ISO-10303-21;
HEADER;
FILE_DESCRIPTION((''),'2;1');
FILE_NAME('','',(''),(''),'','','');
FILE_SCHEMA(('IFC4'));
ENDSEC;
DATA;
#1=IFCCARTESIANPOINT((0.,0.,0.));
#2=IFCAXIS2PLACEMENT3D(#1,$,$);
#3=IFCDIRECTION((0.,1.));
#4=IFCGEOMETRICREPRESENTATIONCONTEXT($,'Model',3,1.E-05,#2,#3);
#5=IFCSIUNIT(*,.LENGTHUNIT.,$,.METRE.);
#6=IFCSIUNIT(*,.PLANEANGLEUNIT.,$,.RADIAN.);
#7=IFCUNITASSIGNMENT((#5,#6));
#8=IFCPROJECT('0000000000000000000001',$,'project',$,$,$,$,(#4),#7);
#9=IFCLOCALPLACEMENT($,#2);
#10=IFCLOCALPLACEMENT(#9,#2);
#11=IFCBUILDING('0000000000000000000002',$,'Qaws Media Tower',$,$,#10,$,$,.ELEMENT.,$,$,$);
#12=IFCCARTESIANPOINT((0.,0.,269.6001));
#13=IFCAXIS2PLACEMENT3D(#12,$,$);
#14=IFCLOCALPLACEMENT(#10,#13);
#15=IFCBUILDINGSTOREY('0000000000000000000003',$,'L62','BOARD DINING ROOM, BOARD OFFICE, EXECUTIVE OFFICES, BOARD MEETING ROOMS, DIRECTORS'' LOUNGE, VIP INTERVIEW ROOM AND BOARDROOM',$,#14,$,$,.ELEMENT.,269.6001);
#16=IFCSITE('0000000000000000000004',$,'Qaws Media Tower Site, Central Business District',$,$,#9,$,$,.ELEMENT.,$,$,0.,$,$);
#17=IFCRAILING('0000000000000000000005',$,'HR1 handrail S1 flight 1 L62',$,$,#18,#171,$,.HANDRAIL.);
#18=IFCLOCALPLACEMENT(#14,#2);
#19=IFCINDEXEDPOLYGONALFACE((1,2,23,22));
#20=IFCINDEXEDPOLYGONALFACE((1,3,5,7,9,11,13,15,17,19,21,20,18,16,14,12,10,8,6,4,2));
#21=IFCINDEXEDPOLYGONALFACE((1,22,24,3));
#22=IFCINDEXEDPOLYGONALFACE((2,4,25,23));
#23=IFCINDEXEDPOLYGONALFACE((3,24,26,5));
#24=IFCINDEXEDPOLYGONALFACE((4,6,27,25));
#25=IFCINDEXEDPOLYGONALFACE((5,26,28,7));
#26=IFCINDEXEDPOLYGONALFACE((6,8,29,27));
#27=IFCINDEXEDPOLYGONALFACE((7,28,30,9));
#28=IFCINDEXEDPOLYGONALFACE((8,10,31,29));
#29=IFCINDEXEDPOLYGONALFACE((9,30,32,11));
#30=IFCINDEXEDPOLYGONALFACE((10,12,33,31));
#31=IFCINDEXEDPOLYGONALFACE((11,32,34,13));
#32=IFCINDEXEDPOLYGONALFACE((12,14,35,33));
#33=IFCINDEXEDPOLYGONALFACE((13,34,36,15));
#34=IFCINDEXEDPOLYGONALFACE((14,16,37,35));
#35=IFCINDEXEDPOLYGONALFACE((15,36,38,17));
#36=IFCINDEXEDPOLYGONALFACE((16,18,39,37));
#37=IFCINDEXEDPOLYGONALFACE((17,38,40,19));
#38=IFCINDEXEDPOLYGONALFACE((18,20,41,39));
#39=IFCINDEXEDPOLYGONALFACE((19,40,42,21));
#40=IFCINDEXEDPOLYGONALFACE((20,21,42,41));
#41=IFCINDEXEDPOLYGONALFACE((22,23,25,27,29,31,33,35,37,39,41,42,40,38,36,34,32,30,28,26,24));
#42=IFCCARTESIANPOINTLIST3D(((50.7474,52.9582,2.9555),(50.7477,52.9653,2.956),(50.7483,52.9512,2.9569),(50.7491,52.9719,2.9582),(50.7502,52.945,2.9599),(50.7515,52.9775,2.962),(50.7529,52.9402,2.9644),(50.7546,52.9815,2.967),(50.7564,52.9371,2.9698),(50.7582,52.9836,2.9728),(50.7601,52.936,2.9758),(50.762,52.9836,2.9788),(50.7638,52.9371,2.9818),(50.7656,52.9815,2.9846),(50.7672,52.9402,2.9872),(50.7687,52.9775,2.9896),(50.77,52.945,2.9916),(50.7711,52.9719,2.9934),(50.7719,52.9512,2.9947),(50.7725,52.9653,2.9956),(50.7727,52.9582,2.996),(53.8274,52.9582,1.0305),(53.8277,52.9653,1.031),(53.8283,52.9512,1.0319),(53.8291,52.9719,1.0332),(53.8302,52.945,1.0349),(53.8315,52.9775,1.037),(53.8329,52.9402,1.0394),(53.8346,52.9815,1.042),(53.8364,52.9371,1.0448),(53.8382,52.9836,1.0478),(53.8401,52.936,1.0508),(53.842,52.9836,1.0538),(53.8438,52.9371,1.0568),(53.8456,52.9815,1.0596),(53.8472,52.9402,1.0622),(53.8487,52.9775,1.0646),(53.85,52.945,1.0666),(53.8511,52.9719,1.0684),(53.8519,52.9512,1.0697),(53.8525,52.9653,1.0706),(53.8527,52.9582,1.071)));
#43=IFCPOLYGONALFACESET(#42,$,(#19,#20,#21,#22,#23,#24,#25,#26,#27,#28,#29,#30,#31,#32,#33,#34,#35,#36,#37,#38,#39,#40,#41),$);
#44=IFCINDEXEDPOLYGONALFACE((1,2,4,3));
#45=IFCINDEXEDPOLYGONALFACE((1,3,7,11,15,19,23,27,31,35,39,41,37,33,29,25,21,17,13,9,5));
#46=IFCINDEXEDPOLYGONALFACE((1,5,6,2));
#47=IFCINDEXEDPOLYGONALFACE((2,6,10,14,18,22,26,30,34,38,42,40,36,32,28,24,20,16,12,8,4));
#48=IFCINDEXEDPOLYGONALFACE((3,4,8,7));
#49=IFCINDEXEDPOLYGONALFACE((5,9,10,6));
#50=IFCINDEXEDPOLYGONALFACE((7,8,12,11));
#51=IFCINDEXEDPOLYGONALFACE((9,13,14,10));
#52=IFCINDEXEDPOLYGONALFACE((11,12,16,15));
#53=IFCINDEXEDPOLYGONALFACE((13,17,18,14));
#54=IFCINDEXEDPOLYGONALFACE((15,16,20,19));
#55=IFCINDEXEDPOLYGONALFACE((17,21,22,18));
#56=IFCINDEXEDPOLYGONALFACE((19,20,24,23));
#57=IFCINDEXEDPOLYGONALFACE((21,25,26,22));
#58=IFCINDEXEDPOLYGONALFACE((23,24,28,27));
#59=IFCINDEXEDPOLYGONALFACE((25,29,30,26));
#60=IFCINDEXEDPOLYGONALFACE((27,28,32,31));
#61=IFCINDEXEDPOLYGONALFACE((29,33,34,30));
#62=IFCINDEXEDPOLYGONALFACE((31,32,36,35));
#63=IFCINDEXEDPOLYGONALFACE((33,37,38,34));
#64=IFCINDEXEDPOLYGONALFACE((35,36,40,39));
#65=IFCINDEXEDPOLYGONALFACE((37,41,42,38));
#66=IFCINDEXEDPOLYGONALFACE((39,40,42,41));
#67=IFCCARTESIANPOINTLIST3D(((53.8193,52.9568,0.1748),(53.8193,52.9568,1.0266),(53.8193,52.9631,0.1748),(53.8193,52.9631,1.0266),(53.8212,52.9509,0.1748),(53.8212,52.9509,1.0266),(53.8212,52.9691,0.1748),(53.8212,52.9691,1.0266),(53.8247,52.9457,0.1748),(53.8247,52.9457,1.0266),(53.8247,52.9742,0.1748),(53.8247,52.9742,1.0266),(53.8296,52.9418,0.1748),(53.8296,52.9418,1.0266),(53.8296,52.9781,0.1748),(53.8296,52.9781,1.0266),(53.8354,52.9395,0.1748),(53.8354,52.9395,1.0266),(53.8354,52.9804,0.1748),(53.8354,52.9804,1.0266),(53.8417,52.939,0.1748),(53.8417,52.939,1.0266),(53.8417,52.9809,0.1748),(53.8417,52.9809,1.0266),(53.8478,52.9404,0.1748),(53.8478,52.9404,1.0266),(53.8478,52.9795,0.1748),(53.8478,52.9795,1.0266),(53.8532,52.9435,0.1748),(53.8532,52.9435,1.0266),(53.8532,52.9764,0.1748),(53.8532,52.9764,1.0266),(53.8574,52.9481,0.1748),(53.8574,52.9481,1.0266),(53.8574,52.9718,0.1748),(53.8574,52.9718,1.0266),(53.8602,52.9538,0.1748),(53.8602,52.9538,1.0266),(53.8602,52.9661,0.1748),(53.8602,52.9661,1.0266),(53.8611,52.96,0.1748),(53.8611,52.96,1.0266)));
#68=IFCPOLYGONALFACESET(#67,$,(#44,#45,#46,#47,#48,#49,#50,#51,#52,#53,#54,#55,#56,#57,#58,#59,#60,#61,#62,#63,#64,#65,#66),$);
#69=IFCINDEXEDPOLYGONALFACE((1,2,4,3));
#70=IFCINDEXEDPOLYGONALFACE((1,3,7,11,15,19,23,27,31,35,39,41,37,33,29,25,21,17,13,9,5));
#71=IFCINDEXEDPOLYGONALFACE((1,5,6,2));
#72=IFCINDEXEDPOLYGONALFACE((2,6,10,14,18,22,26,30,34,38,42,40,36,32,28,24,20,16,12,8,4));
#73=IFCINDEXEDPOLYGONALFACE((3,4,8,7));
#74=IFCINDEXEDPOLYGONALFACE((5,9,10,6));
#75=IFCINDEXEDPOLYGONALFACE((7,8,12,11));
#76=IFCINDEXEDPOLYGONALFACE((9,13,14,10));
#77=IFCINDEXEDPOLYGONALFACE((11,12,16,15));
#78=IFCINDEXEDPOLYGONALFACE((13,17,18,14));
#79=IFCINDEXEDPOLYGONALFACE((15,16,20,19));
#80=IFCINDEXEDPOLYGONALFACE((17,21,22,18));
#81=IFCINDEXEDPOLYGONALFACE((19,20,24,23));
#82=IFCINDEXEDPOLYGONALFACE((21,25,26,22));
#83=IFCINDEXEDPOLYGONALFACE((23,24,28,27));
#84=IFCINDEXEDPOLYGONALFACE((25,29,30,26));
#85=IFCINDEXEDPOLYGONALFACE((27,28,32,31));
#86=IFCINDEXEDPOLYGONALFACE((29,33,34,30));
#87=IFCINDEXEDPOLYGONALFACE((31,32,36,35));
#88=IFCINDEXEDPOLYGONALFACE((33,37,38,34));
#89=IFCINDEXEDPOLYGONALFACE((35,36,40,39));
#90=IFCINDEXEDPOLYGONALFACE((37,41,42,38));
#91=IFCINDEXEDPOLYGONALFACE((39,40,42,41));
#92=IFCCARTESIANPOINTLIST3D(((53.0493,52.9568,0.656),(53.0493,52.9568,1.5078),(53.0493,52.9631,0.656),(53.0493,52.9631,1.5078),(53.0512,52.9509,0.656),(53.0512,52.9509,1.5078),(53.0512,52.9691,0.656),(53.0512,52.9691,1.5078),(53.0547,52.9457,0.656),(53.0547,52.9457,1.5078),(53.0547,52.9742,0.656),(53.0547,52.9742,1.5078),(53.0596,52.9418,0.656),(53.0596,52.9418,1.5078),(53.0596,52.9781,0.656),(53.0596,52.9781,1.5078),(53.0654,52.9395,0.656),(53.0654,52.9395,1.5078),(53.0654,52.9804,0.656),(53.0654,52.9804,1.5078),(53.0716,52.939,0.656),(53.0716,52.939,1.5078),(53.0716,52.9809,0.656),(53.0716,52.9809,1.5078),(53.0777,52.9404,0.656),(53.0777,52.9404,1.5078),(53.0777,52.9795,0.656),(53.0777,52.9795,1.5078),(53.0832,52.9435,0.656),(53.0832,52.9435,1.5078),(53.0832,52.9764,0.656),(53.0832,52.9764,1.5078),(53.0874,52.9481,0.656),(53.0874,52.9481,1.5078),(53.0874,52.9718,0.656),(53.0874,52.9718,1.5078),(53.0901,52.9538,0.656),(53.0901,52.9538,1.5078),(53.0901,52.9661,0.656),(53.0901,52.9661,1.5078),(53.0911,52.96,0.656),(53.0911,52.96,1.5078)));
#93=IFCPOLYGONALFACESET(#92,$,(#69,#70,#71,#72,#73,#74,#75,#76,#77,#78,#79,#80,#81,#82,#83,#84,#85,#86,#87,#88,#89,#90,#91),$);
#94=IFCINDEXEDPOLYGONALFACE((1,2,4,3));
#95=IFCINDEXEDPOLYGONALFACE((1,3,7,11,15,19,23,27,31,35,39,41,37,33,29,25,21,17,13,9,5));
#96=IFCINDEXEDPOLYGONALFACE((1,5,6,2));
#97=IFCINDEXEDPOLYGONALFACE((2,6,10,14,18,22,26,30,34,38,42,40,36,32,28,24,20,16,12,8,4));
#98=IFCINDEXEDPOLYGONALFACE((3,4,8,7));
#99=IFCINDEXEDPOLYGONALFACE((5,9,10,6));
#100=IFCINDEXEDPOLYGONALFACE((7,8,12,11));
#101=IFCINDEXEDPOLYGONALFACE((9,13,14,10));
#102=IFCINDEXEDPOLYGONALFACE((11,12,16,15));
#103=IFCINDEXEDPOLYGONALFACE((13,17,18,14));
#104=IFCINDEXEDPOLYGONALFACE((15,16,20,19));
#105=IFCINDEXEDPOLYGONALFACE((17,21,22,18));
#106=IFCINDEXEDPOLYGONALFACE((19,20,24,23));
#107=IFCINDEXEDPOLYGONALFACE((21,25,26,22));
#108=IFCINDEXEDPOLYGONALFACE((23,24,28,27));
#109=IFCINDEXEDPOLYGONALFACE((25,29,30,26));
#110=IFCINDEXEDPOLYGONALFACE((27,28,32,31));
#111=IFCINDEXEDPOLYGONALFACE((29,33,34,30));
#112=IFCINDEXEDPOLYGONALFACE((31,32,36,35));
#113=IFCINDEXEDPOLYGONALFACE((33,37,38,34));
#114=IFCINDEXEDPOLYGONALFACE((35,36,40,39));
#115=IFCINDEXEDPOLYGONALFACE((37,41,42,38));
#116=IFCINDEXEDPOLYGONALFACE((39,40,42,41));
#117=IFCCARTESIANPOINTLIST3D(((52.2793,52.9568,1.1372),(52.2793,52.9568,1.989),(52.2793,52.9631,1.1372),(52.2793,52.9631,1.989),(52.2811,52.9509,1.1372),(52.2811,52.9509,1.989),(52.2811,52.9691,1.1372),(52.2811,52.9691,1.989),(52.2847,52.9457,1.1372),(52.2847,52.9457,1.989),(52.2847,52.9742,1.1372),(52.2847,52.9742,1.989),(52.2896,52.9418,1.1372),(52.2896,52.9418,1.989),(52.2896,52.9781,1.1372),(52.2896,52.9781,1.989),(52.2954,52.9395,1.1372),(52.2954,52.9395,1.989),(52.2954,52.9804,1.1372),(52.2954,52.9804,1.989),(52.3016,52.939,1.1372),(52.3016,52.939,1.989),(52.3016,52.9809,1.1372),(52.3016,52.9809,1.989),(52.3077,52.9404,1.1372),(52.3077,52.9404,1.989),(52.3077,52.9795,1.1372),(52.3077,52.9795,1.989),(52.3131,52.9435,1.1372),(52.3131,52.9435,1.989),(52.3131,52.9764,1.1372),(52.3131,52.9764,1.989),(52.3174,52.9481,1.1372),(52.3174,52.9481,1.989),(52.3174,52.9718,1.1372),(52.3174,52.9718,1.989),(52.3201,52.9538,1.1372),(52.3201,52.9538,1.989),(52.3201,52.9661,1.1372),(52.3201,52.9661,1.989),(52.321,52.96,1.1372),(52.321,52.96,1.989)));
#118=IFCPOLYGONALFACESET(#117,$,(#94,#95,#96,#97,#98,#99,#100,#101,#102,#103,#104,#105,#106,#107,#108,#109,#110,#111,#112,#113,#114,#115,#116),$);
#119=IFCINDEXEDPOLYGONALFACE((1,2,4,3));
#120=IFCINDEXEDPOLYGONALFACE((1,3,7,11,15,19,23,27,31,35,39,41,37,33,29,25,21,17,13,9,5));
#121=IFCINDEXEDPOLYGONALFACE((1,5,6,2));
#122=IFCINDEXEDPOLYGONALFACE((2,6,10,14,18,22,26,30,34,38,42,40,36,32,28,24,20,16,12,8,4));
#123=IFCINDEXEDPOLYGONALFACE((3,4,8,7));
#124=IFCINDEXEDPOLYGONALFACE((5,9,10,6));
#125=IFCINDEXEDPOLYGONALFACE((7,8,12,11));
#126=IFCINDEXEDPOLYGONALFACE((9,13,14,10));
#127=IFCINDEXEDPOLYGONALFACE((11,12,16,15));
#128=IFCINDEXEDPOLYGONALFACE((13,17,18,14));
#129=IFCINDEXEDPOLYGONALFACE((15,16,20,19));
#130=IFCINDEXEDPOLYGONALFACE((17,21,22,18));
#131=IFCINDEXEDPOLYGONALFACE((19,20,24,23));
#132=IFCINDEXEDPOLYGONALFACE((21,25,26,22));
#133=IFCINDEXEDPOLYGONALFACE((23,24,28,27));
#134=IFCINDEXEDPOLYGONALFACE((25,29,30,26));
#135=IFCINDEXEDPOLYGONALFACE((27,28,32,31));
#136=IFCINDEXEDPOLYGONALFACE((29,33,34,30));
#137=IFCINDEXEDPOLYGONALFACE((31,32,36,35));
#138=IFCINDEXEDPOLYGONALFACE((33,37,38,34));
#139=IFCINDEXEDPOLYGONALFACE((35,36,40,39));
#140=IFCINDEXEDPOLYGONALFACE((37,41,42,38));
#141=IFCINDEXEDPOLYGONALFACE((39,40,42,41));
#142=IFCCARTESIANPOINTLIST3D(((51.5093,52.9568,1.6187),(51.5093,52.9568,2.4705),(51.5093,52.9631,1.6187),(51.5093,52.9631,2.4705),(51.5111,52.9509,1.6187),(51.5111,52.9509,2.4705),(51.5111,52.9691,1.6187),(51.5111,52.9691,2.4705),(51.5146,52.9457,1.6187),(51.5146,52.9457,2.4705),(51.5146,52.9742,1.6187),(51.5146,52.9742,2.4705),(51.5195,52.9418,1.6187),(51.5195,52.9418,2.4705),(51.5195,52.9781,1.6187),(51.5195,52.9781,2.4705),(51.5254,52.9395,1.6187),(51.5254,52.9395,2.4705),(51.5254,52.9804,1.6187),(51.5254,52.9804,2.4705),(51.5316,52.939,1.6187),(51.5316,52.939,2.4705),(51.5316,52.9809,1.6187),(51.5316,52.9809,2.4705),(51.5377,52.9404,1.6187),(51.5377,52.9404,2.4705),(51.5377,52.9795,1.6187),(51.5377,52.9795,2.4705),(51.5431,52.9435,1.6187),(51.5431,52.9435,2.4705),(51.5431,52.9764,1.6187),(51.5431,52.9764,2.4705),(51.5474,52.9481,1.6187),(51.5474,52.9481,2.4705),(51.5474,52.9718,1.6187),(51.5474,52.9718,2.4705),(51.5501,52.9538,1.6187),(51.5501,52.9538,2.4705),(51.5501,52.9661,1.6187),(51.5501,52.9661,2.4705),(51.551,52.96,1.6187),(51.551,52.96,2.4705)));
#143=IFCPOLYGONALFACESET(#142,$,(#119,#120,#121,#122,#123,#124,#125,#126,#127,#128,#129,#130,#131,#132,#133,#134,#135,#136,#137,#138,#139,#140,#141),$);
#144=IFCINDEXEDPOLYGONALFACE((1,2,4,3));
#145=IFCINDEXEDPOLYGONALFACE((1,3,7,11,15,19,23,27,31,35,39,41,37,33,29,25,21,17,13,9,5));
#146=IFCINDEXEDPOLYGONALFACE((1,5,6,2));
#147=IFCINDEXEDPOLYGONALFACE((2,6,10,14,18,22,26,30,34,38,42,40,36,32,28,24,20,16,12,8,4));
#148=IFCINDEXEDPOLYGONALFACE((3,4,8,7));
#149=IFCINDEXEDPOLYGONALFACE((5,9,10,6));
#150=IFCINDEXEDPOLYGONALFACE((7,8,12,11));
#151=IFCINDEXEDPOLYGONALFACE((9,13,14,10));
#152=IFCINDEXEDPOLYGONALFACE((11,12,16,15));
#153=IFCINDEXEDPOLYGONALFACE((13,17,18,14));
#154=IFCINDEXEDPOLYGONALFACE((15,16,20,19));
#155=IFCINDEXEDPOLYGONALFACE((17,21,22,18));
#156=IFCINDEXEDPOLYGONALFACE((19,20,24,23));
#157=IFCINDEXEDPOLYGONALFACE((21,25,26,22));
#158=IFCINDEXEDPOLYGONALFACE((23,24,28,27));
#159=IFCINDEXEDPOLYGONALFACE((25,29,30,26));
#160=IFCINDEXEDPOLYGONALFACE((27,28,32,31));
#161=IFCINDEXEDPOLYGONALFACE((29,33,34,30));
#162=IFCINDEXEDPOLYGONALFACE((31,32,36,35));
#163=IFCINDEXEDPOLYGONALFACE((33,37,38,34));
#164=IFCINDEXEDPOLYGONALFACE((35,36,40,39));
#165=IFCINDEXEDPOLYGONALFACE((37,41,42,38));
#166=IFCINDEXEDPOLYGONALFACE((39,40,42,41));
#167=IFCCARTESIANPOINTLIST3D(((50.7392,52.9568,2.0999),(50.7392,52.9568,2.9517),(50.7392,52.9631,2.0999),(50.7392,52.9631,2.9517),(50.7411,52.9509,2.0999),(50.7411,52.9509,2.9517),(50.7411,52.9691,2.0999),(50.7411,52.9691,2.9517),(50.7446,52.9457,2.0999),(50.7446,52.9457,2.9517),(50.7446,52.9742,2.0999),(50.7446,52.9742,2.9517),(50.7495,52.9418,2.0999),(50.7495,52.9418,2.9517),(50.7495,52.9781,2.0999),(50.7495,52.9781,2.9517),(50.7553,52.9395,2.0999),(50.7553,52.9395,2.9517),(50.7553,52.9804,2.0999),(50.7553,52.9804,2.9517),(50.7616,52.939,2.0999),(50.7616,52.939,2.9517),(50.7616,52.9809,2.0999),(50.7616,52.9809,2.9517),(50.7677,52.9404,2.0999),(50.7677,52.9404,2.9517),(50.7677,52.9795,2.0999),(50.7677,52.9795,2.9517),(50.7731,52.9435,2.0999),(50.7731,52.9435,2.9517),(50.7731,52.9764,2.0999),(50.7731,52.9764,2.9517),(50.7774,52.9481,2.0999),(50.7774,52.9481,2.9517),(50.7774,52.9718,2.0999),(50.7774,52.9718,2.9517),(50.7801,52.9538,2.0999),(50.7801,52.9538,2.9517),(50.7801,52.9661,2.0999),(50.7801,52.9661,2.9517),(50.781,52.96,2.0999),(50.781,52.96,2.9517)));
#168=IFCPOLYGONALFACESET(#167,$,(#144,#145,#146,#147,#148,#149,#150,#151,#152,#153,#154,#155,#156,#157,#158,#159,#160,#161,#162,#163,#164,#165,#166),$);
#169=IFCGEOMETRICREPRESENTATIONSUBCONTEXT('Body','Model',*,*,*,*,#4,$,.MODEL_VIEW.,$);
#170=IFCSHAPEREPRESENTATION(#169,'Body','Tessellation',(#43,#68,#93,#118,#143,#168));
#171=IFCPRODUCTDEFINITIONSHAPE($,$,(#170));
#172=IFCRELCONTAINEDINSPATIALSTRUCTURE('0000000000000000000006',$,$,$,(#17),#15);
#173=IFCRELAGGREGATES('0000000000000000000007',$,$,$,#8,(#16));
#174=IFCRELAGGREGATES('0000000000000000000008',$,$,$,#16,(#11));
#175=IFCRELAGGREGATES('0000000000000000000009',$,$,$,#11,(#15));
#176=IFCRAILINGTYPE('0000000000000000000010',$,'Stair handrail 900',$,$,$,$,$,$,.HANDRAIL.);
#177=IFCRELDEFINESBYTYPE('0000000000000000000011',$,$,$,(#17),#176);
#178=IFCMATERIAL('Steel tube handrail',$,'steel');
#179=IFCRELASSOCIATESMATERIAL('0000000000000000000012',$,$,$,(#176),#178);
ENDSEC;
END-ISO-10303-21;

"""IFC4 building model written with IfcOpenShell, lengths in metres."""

from ifc_helpers import new_model, si_unit, direction, frame, origin, origin_2d, place, context, subcontext, project, spatial, circle, extrude, material, type_object, element, save


model = new_model("IFC4")

# Units and contexts
model_context = context("Model", 3, precision=1e-05, world=origin(), true_north=direction((0.0, 1.0)))
body_context = subcontext(model_context, "Body", "Model", "MODEL_VIEW")
ifc_project = project(units=[si_unit("LENGTHUNIT", "METRE"), si_unit("PLANEANGLEUNIT", "RADIAN")], contexts=[model_context])

# Site, building, storey
site_placement = place(None, origin())
site = spatial("IfcSite", under=ifc_project, at=site_placement, Name="Qaws Media Tower Site, Central Business District", CompositionType="ELEMENT", RefElevation=0.0)
building_placement = place(site_placement, origin())
building = spatial("IfcBuilding", under=site, at=building_placement, Name="Qaws Media Tower", CompositionType="ELEMENT")
storey_placement = place(building_placement, frame((0.0, 0.0, 269.6001)))
storey = spatial("IfcBuildingStorey", under=building, at=storey_placement, Name="L62", Description="BOARD DINING ROOM, BOARD OFFICE, EXECUTIVE OFFICES, BOARD MEETING ROOMS, DIRECTORS' LOUNGE, VIP INTERVIEW ROOM AND BOARDROOM", CompositionType="ELEMENT", Elevation=269.6001)

# Railing
ifc_material_1 = material(Name="Steel tube handrail", Category="steel")
railing_type = type_object("IfcRailingType", Name="Stair handrail 900", PredefinedType="HANDRAIL", material=ifc_material_1)
for number, where, name in (
    (1, (53.8401, 52.96, 0.1748), "HR1 handrail S1 flight 1 L62"),
):
    element("IfcRailing", number, at=place(storey_placement, frame(where)), inside=storey, type_object=railing_type, Name=name, PredefinedType="HANDRAIL", context=body_context, shape_type="SweptSolid", body=[
        extrude(circle(Radius=0.0239, at=origin_2d()), frame((0.0, 0.0, 0.876), z_axis=(-0.847998, 0.0, 0.529999), x_axis=(0.0, -1.0, 0.0)), (0.0, 0.0, 1.0), 3.6321),
        extrude(circle(Radius=0.021, at=origin_2d()), origin(), (0.0, 0.0, 1.0), 0.8518),
        extrude(circle(Radius=0.021, at=origin_2d()), frame((-0.77, 0.0, 0.4812)), (0.0, 0.0, 1.0), 0.8518),
        extrude(circle(Radius=0.021, at=origin_2d()), frame((-1.54, 0.0, 0.9624)), (0.0, 0.0, 1.0), 0.8518),
        extrude(circle(Radius=0.021, at=origin_2d()), frame((-2.3101, 0.0, 1.4438)), (0.0, 0.0, 1.0), 0.8518),
        extrude(circle(Radius=0.021, at=origin_2d()), frame((-3.0801, 0.0, 1.925)), (0.0, 0.0, 1.0), 0.8518),
    ])

save(model, "model.ifc")
